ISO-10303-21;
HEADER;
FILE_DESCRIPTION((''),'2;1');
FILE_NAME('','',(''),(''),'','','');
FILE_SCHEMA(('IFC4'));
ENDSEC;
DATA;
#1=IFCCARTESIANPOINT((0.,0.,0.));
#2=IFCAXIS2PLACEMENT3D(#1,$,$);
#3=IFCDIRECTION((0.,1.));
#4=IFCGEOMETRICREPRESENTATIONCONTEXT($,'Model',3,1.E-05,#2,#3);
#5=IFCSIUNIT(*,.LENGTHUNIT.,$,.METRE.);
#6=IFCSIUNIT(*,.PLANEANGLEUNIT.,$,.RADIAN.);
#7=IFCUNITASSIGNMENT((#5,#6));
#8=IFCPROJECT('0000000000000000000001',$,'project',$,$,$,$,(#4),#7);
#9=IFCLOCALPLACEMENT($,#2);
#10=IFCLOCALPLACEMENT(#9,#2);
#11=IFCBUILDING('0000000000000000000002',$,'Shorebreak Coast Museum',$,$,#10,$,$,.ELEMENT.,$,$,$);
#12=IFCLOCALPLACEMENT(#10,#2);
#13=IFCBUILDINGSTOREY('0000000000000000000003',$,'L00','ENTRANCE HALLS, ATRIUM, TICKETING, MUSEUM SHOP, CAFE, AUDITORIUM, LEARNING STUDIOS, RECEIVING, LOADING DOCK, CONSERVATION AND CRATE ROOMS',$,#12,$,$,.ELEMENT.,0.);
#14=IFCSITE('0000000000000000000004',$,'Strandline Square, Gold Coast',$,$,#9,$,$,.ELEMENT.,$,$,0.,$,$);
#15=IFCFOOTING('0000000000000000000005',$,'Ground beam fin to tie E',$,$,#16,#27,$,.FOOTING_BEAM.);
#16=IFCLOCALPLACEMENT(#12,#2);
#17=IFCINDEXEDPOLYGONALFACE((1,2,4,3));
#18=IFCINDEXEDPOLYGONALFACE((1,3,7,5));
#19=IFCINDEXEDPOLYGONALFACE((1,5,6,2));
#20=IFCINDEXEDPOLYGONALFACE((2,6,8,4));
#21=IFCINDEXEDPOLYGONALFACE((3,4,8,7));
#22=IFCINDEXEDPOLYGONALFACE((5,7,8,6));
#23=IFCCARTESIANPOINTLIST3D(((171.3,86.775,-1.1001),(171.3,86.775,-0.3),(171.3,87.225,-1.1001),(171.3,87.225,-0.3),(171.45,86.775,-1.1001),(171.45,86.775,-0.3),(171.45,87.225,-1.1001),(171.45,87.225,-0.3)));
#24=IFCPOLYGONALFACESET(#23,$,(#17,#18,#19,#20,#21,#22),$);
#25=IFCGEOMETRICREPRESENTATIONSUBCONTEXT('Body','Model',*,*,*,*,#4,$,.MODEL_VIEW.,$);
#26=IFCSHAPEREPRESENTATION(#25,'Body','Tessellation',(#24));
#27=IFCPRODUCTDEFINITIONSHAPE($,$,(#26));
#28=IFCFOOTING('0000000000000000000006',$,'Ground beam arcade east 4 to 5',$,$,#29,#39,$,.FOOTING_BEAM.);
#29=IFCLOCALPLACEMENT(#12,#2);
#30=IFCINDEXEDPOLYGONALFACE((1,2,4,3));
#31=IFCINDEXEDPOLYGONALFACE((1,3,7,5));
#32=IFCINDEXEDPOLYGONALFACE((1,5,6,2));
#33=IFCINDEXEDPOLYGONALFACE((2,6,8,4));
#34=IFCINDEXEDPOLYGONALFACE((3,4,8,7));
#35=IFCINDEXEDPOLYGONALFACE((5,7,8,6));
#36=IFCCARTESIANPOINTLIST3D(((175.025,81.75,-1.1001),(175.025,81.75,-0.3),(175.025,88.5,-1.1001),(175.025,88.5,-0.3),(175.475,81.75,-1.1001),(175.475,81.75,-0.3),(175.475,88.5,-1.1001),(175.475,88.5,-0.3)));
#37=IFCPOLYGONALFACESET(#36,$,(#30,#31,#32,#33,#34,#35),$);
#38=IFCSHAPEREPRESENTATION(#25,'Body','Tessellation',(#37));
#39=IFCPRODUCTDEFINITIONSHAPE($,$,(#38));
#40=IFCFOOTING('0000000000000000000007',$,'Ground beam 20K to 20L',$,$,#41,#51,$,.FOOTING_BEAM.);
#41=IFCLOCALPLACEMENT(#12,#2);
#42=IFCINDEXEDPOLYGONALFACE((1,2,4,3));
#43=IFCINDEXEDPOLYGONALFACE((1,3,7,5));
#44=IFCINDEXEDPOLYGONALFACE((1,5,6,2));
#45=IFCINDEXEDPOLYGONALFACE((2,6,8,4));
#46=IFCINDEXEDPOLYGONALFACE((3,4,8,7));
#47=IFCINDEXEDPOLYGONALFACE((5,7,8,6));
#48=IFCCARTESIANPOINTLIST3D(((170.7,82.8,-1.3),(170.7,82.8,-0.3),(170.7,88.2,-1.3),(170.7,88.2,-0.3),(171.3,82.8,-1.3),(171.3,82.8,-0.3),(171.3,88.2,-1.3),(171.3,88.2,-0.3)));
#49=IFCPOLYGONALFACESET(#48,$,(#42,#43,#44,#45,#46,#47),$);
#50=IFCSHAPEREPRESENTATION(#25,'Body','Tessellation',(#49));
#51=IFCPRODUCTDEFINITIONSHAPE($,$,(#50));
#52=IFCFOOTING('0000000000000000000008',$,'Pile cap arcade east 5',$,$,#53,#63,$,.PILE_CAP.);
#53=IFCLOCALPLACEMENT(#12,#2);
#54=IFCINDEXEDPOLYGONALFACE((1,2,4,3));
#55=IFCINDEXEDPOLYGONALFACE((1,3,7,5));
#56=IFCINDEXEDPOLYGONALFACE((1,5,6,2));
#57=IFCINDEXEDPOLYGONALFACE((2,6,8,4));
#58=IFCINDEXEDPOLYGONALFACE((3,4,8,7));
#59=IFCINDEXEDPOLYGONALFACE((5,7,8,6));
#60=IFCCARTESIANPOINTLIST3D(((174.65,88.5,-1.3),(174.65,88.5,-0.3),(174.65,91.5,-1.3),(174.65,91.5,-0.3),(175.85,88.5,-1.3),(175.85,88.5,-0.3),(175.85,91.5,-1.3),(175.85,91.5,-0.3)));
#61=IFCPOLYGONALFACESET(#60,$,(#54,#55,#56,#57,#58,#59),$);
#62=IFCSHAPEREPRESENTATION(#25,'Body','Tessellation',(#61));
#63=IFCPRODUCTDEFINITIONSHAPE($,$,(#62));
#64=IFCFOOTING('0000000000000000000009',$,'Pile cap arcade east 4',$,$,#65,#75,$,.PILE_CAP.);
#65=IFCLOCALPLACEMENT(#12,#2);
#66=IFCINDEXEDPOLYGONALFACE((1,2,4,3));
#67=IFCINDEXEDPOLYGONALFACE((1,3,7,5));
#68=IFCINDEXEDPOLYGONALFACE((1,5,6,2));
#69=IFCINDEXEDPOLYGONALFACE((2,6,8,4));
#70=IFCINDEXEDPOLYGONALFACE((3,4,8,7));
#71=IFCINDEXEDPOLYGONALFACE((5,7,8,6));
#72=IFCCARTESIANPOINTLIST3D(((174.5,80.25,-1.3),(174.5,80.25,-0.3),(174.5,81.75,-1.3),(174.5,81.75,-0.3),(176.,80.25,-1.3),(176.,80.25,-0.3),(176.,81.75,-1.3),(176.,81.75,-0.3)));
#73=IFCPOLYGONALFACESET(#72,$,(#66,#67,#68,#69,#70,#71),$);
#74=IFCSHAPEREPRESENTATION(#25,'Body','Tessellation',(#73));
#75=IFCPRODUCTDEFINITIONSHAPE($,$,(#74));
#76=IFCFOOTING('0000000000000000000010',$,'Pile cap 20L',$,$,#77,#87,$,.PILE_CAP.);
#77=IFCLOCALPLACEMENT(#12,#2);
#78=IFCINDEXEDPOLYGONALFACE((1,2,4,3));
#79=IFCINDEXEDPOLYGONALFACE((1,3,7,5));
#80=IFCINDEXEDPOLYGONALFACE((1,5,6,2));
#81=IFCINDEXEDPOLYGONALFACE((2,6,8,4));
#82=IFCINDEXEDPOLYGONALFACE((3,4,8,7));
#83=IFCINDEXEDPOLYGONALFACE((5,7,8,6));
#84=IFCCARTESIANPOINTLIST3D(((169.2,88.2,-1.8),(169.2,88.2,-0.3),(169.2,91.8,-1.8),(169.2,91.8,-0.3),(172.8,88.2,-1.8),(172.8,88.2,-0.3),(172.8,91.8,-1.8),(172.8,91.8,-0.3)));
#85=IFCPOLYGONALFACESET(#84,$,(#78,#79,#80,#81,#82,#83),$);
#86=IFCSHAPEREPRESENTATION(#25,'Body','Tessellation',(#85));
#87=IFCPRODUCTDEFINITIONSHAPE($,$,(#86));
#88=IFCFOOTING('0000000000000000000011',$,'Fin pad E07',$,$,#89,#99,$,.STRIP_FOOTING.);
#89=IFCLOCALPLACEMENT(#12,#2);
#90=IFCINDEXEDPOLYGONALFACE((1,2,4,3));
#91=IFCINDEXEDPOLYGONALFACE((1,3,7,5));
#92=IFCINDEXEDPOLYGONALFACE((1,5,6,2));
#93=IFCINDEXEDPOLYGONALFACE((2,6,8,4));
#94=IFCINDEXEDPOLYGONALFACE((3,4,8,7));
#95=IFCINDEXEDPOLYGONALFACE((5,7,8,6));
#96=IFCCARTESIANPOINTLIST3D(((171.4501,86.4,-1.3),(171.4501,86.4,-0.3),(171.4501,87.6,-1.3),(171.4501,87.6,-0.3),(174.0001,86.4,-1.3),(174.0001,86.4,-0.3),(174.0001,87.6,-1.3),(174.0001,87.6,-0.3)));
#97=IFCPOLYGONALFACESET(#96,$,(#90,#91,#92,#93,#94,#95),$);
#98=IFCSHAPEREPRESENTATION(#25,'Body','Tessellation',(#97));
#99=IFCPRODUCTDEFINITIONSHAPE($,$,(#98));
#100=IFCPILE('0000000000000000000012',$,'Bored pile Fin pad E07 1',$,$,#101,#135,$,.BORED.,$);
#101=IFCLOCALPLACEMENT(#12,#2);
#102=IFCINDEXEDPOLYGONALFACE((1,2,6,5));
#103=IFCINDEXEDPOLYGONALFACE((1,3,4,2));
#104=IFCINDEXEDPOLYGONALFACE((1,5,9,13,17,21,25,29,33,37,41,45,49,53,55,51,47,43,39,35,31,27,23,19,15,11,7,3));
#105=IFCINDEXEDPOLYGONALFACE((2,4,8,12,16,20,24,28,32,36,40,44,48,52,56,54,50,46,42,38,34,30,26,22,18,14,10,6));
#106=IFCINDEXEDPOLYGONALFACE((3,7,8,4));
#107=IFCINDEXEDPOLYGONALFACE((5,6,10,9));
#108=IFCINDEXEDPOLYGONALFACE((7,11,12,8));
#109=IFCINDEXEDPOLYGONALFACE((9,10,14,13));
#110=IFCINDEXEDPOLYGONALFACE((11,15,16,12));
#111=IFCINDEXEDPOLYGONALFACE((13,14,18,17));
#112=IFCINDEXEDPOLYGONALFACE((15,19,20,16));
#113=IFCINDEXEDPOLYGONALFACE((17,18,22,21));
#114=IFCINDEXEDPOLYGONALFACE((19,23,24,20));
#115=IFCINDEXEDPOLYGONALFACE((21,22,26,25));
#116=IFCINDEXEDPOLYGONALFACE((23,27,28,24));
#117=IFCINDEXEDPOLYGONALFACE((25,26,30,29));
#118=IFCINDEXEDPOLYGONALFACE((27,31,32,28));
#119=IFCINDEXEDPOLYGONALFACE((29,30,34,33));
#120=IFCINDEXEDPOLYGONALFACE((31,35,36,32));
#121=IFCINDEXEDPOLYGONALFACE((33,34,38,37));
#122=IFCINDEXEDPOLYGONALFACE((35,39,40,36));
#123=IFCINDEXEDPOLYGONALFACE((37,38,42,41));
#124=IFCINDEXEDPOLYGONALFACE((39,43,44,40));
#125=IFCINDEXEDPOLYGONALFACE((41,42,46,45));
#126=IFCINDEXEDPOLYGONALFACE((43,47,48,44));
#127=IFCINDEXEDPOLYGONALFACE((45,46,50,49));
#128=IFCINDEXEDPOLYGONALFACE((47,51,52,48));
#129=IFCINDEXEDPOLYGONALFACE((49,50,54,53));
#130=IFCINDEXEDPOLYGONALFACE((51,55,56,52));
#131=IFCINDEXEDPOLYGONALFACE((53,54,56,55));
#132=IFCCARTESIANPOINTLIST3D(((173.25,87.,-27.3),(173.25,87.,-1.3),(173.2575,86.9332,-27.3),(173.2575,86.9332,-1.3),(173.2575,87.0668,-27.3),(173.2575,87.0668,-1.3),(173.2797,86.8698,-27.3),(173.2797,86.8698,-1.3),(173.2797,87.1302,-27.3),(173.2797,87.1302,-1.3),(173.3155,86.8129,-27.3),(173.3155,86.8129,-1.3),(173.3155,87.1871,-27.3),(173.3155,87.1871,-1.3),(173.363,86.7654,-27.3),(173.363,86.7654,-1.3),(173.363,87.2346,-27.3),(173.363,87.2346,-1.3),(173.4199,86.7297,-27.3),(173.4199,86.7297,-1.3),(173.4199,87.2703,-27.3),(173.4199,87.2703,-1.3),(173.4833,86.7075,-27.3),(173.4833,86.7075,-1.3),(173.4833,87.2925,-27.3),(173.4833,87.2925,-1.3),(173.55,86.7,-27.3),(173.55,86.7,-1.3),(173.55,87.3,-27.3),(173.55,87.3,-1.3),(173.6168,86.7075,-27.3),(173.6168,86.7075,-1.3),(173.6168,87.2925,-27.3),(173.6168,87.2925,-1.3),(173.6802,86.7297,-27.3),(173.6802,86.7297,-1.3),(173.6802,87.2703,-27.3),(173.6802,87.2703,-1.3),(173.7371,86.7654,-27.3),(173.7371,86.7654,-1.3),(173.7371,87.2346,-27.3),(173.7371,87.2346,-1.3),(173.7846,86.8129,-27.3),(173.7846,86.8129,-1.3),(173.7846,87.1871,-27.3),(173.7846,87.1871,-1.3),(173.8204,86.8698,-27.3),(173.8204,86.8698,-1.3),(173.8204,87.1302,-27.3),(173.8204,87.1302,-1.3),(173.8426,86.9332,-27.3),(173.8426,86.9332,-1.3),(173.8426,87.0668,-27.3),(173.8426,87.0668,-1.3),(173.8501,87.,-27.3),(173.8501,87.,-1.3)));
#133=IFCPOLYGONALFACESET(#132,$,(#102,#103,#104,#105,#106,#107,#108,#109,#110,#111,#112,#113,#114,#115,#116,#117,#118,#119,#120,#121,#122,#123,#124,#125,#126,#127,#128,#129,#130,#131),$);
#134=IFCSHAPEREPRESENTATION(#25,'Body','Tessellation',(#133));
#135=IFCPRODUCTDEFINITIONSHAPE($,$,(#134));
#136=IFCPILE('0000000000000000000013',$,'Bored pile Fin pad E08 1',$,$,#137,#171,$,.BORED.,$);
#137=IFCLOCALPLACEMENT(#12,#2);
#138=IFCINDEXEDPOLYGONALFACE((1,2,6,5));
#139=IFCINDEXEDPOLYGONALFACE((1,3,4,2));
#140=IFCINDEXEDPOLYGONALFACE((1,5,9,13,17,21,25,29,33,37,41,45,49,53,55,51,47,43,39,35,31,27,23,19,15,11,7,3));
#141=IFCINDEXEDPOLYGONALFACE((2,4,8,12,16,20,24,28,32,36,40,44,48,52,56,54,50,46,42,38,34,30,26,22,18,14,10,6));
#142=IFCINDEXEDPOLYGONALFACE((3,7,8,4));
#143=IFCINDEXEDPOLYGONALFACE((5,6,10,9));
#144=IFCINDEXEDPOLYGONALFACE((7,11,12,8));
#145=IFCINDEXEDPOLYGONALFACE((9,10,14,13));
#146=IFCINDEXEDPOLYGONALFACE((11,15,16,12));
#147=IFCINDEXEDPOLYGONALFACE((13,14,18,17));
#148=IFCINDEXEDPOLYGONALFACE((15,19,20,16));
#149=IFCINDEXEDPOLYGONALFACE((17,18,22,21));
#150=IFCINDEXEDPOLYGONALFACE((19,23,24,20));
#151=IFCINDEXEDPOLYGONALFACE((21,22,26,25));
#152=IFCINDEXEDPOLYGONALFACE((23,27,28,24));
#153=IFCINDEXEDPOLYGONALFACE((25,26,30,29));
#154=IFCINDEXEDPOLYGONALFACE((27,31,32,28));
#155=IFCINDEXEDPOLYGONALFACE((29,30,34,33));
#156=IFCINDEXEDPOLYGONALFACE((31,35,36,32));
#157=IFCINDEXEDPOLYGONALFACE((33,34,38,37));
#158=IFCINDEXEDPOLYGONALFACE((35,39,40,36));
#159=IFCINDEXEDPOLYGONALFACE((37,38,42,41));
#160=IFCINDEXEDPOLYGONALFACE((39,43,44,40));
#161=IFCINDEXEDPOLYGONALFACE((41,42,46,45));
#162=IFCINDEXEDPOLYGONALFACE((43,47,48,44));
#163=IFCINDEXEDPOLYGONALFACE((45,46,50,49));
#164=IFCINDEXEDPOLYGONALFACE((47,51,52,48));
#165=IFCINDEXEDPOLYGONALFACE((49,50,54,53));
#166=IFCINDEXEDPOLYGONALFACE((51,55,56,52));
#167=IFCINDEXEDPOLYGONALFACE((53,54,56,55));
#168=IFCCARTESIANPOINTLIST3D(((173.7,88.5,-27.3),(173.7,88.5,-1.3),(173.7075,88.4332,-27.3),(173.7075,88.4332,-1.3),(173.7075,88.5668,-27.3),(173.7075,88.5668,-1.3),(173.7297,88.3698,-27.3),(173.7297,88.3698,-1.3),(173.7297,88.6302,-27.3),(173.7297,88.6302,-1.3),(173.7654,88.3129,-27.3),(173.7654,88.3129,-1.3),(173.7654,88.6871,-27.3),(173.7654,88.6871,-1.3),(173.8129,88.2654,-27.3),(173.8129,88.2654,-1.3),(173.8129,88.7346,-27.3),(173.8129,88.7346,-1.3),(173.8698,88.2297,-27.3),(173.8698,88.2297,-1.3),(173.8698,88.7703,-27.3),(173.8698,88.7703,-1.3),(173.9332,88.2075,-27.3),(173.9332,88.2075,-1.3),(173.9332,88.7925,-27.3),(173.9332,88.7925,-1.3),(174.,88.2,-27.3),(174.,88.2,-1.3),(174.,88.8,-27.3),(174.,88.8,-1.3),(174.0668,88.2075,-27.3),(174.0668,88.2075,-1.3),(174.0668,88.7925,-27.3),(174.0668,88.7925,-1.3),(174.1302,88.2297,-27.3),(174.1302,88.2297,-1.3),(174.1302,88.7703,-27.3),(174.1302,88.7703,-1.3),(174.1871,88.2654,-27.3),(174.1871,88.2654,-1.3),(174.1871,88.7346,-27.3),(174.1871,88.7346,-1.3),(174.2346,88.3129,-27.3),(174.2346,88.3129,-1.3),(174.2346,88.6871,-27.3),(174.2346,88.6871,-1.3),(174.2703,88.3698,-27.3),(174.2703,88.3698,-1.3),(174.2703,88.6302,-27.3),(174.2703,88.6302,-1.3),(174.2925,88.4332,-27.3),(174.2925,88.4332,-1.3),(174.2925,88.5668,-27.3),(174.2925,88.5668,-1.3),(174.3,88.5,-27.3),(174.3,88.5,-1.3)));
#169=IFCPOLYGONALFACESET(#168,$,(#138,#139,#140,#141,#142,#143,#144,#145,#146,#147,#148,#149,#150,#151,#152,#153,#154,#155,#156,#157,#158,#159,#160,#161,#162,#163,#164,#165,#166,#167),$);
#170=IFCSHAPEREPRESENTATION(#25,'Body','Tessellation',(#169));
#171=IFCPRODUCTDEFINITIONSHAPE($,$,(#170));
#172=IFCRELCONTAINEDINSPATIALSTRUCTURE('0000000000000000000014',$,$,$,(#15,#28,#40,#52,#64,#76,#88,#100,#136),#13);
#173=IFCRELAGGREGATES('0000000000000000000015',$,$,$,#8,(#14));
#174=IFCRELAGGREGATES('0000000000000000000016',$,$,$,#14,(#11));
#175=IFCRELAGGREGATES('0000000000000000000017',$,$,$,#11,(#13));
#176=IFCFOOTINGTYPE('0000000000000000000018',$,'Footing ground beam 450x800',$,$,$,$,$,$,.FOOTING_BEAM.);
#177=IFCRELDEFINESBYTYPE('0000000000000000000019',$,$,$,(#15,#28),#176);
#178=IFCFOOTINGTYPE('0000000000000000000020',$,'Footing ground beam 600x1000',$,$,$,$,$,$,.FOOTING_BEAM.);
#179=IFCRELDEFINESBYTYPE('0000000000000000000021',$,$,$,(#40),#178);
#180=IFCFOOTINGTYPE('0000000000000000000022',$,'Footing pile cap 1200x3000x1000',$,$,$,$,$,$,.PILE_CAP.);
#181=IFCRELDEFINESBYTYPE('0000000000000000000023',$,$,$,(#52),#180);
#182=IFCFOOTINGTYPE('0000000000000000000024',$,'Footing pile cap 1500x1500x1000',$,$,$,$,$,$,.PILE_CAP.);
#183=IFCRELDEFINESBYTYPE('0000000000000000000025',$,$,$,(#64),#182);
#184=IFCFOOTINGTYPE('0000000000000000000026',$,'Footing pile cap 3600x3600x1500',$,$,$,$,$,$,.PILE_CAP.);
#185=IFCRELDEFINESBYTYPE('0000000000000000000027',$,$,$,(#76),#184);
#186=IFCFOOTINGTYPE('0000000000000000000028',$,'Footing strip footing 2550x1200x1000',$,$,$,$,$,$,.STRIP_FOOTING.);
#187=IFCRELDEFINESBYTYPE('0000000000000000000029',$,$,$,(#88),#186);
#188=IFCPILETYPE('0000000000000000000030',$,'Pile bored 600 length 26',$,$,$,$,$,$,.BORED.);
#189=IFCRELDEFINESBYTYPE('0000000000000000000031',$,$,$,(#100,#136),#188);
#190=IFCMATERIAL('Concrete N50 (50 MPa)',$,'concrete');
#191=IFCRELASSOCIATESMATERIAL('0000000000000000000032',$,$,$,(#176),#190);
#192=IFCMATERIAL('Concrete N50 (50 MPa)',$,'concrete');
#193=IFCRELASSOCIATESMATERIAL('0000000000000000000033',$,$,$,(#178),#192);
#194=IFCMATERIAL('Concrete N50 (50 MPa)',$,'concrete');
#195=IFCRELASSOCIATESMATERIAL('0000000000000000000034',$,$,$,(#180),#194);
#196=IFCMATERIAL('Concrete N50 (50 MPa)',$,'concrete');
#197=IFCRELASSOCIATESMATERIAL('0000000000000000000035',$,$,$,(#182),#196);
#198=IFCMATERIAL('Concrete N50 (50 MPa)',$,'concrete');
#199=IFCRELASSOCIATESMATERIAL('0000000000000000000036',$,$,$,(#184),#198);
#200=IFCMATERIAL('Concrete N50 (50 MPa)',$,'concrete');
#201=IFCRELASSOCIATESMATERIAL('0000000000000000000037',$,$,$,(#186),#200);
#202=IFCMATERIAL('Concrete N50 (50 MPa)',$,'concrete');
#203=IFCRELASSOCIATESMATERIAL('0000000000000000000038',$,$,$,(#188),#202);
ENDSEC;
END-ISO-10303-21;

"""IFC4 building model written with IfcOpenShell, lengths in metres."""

from ifc_helpers import new_model, si_unit, direction, frame, origin, origin_2d, place, context, subcontext, project, spatial, rectangle, circle, extrude, material, material_profile, profile_set, type_object, element, save


model = new_model("IFC4")

# Units and contexts
model_context = context("Model", 3, precision=1e-05, world=origin(), true_north=direction((0.0, 1.0)))
body_context = subcontext(model_context, "Body", "Model", "MODEL_VIEW")
ifc_project = project(units=[si_unit("LENGTHUNIT", "METRE"), si_unit("PLANEANGLEUNIT", "RADIAN")], contexts=[model_context])

# Site, building, storey
site_placement = place(None, origin())
site = spatial("IfcSite", under=ifc_project, at=site_placement, Name="Strandline Square, Gold Coast", CompositionType="ELEMENT", RefElevation=0.0)
building_placement = place(site_placement, origin())
building = spatial("IfcBuilding", under=site, at=building_placement, Name="Shorebreak Coast Museum", CompositionType="ELEMENT")
storey_placement = place(building_placement, origin())
storey = spatial("IfcBuildingStorey", under=building, at=storey_placement, Name="L00", Description="ENTRANCE HALLS, ATRIUM, TICKETING, MUSEUM SHOP, CAFE, AUDITORIUM, LEARNING STUDIOS, RECEIVING, LOADING DOCK, CONSERVATION AND CRATE ROOMS", CompositionType="ELEMENT", Elevation=0.0)

# Footings
ifc_material_1 = material(Name="Concrete N50 (50 MPa)", Category="concrete")
footing_type_1 = type_object("IfcFootingType", Name="Footing ground beam 450x800", PredefinedType="FOOTING_BEAM", material=ifc_material_1)
footing_1_placement = place(storey_placement, frame((171.375, 87.0, -1.1001), z_axis=(0.0, 0.0, 1.0), x_axis=(1.0, 0.0, 0.0)))
element("IfcFooting", 1, at=footing_1_placement, inside=storey, type_object=footing_type_1, Name="Ground beam fin to tie E", PredefinedType="FOOTING_BEAM", context=body_context, shape_type="SweptSolid", body=[
    extrude(rectangle(XDim=0.1499, YDim=0.45, at=origin_2d()), origin(), (0.0, 0.0, 1.0), 0.8),
])
footing_2_placement = place(storey_placement, frame((175.25, 85.125, -1.1001), z_axis=(0.0, 0.0, 1.0), x_axis=(1.0, 0.0, 0.0)))
element("IfcFooting", 2, at=footing_2_placement, inside=storey, type_object=footing_type_1, Name="Ground beam arcade east 4 to 5", PredefinedType="FOOTING_BEAM", context=body_context, shape_type="SweptSolid", body=[
    extrude(rectangle(XDim=0.45, YDim=6.75, at=origin_2d()), origin(), (0.0, 0.0, 1.0), 0.8),
])
ifc_material_2 = material(Name="Concrete N50 (50 MPa)", Category="concrete")
footing_type_2 = type_object("IfcFootingType", Name="Footing ground beam 600x1000", PredefinedType="FOOTING_BEAM", material=ifc_material_2)
footing_3_placement = place(storey_placement, frame((171.0, 85.5, -1.3), z_axis=(0.0, 0.0, 1.0), x_axis=(1.0, 0.0, 0.0)))
element("IfcFooting", 3, at=footing_3_placement, inside=storey, type_object=footing_type_2, Name="Ground beam 20K to 20L", PredefinedType="FOOTING_BEAM", context=body_context, shape_type="SweptSolid", body=[
    extrude(rectangle(XDim=0.6001, YDim=5.3999, at=origin_2d()), origin(), (0.0, 0.0, 1.0), 1.0),
])
ifc_material_3 = material(Name="Concrete N50 (50 MPa)", Category="concrete")
footing_type_3 = type_object("IfcFootingType", Name="Footing pile cap 1200x3000x1000", PredefinedType="PILE_CAP", material=ifc_material_3)
footing_4_placement = place(storey_placement, frame((175.25, 90.0, -1.3), z_axis=(0.0, 0.0, 1.0), x_axis=(1.0, 0.0, 0.0)))
element("IfcFooting", 4, at=footing_4_placement, inside=storey, type_object=footing_type_3, Name="Pile cap arcade east 5", PredefinedType="PILE_CAP", context=body_context, shape_type="SweptSolid", body=[
    extrude(rectangle(XDim=1.2, YDim=3.0, at=origin_2d()), origin(), (0.0, 0.0, 1.0), 1.0),
])
ifc_material_4 = material(Name="Concrete N50 (50 MPa)", Category="concrete")
footing_type_4 = type_object("IfcFootingType", Name="Footing pile cap 1500x1500x1000", PredefinedType="PILE_CAP", material=ifc_material_4)
footing_5_placement = place(storey_placement, frame((175.25, 81.0, -1.3), z_axis=(0.0, 0.0, 1.0), x_axis=(1.0, 0.0, 0.0)))
element("IfcFooting", 5, at=footing_5_placement, inside=storey, type_object=footing_type_4, Name="Pile cap arcade east 4", PredefinedType="PILE_CAP", context=body_context, shape_type="SweptSolid", body=[
    extrude(rectangle(XDim=1.5, YDim=1.5, at=origin_2d()), origin(), (0.0, 0.0, 1.0), 1.0),
])
ifc_material_5 = material(Name="Concrete N50 (50 MPa)", Category="concrete")
footing_type_5 = type_object("IfcFootingType", Name="Footing pile cap 3600x3600x1500", PredefinedType="PILE_CAP", material=ifc_material_5)
footing_6_placement = place(storey_placement, frame((171.0, 90.0, -1.8), z_axis=(0.0, 0.0, 1.0), x_axis=(1.0, 0.0, 0.0)))
element("IfcFooting", 6, at=footing_6_placement, inside=storey, type_object=footing_type_5, Name="Pile cap 20L", PredefinedType="PILE_CAP", context=body_context, shape_type="SweptSolid", body=[
    extrude(rectangle(XDim=3.6001, YDim=3.6001, at=origin_2d()), origin(), (0.0, 0.0, 1.0), 1.5),
])
ifc_material_6 = material(Name="Concrete N50 (50 MPa)", Category="concrete")
footing_type_6 = type_object("IfcFootingType", Name="Footing strip footing 2550x1200x1000", PredefinedType="STRIP_FOOTING", material=ifc_material_6)
footing_7_placement = place(storey_placement, frame((172.7251, 87.0, -1.3), z_axis=(0.0, 0.0, 1.0), x_axis=(1.0, 0.0, 0.0)))
element("IfcFooting", 7, at=footing_7_placement, inside=storey, type_object=footing_type_6, Name="Fin pad E07", PredefinedType="STRIP_FOOTING", context=body_context, shape_type="SweptSolid", body=[
    extrude(rectangle(XDim=2.55, YDim=1.2, at=origin_2d()), origin(), (0.0, 0.0, 1.0), 1.0),
])

# Piles
ifc_material_7 = material(Name="Concrete N50 (50 MPa)", Category="concrete")
ifc_material_profile_1 = material_profile(ifc_material_7, circle(Radius=0.3, at=origin_2d()), Name="Pile bored 600 length 26")
ifc_profile_set_1 = profile_set([ifc_material_profile_1], Name="Concrete N50 (50 MPa)")
pile_type_1 = type_object("IfcPileType", Name="Pile bored 600 length 26", PredefinedType="BORED", material=ifc_profile_set_1)
for number, where, z_axis, x_axis, name in (
    (8, (173.55, 87.0, -1.3), (0.0, 0.0, -1.0), (1.0, 0.0, 0.0), "Bored pile Fin pad E07 1"),
    (9, (174.0, 88.5, -1.3), (0.0, 0.0, -1.0), (1.0, 0.0, 0.0), "Bored pile Fin pad E08 1"),
):
    element("IfcPile", number, at=place(storey_placement, frame(where, z_axis=z_axis, x_axis=x_axis)), inside=storey, type_object=pile_type_1, Name=name, PredefinedType="BORED", context=body_context, shape_type="SweptSolid", body=[
        extrude(circle(Radius=0.3, at=origin_2d()), origin(), (0.0, 0.0, 1.0), 26.0),
    ])

save(model, "model.ifc")
